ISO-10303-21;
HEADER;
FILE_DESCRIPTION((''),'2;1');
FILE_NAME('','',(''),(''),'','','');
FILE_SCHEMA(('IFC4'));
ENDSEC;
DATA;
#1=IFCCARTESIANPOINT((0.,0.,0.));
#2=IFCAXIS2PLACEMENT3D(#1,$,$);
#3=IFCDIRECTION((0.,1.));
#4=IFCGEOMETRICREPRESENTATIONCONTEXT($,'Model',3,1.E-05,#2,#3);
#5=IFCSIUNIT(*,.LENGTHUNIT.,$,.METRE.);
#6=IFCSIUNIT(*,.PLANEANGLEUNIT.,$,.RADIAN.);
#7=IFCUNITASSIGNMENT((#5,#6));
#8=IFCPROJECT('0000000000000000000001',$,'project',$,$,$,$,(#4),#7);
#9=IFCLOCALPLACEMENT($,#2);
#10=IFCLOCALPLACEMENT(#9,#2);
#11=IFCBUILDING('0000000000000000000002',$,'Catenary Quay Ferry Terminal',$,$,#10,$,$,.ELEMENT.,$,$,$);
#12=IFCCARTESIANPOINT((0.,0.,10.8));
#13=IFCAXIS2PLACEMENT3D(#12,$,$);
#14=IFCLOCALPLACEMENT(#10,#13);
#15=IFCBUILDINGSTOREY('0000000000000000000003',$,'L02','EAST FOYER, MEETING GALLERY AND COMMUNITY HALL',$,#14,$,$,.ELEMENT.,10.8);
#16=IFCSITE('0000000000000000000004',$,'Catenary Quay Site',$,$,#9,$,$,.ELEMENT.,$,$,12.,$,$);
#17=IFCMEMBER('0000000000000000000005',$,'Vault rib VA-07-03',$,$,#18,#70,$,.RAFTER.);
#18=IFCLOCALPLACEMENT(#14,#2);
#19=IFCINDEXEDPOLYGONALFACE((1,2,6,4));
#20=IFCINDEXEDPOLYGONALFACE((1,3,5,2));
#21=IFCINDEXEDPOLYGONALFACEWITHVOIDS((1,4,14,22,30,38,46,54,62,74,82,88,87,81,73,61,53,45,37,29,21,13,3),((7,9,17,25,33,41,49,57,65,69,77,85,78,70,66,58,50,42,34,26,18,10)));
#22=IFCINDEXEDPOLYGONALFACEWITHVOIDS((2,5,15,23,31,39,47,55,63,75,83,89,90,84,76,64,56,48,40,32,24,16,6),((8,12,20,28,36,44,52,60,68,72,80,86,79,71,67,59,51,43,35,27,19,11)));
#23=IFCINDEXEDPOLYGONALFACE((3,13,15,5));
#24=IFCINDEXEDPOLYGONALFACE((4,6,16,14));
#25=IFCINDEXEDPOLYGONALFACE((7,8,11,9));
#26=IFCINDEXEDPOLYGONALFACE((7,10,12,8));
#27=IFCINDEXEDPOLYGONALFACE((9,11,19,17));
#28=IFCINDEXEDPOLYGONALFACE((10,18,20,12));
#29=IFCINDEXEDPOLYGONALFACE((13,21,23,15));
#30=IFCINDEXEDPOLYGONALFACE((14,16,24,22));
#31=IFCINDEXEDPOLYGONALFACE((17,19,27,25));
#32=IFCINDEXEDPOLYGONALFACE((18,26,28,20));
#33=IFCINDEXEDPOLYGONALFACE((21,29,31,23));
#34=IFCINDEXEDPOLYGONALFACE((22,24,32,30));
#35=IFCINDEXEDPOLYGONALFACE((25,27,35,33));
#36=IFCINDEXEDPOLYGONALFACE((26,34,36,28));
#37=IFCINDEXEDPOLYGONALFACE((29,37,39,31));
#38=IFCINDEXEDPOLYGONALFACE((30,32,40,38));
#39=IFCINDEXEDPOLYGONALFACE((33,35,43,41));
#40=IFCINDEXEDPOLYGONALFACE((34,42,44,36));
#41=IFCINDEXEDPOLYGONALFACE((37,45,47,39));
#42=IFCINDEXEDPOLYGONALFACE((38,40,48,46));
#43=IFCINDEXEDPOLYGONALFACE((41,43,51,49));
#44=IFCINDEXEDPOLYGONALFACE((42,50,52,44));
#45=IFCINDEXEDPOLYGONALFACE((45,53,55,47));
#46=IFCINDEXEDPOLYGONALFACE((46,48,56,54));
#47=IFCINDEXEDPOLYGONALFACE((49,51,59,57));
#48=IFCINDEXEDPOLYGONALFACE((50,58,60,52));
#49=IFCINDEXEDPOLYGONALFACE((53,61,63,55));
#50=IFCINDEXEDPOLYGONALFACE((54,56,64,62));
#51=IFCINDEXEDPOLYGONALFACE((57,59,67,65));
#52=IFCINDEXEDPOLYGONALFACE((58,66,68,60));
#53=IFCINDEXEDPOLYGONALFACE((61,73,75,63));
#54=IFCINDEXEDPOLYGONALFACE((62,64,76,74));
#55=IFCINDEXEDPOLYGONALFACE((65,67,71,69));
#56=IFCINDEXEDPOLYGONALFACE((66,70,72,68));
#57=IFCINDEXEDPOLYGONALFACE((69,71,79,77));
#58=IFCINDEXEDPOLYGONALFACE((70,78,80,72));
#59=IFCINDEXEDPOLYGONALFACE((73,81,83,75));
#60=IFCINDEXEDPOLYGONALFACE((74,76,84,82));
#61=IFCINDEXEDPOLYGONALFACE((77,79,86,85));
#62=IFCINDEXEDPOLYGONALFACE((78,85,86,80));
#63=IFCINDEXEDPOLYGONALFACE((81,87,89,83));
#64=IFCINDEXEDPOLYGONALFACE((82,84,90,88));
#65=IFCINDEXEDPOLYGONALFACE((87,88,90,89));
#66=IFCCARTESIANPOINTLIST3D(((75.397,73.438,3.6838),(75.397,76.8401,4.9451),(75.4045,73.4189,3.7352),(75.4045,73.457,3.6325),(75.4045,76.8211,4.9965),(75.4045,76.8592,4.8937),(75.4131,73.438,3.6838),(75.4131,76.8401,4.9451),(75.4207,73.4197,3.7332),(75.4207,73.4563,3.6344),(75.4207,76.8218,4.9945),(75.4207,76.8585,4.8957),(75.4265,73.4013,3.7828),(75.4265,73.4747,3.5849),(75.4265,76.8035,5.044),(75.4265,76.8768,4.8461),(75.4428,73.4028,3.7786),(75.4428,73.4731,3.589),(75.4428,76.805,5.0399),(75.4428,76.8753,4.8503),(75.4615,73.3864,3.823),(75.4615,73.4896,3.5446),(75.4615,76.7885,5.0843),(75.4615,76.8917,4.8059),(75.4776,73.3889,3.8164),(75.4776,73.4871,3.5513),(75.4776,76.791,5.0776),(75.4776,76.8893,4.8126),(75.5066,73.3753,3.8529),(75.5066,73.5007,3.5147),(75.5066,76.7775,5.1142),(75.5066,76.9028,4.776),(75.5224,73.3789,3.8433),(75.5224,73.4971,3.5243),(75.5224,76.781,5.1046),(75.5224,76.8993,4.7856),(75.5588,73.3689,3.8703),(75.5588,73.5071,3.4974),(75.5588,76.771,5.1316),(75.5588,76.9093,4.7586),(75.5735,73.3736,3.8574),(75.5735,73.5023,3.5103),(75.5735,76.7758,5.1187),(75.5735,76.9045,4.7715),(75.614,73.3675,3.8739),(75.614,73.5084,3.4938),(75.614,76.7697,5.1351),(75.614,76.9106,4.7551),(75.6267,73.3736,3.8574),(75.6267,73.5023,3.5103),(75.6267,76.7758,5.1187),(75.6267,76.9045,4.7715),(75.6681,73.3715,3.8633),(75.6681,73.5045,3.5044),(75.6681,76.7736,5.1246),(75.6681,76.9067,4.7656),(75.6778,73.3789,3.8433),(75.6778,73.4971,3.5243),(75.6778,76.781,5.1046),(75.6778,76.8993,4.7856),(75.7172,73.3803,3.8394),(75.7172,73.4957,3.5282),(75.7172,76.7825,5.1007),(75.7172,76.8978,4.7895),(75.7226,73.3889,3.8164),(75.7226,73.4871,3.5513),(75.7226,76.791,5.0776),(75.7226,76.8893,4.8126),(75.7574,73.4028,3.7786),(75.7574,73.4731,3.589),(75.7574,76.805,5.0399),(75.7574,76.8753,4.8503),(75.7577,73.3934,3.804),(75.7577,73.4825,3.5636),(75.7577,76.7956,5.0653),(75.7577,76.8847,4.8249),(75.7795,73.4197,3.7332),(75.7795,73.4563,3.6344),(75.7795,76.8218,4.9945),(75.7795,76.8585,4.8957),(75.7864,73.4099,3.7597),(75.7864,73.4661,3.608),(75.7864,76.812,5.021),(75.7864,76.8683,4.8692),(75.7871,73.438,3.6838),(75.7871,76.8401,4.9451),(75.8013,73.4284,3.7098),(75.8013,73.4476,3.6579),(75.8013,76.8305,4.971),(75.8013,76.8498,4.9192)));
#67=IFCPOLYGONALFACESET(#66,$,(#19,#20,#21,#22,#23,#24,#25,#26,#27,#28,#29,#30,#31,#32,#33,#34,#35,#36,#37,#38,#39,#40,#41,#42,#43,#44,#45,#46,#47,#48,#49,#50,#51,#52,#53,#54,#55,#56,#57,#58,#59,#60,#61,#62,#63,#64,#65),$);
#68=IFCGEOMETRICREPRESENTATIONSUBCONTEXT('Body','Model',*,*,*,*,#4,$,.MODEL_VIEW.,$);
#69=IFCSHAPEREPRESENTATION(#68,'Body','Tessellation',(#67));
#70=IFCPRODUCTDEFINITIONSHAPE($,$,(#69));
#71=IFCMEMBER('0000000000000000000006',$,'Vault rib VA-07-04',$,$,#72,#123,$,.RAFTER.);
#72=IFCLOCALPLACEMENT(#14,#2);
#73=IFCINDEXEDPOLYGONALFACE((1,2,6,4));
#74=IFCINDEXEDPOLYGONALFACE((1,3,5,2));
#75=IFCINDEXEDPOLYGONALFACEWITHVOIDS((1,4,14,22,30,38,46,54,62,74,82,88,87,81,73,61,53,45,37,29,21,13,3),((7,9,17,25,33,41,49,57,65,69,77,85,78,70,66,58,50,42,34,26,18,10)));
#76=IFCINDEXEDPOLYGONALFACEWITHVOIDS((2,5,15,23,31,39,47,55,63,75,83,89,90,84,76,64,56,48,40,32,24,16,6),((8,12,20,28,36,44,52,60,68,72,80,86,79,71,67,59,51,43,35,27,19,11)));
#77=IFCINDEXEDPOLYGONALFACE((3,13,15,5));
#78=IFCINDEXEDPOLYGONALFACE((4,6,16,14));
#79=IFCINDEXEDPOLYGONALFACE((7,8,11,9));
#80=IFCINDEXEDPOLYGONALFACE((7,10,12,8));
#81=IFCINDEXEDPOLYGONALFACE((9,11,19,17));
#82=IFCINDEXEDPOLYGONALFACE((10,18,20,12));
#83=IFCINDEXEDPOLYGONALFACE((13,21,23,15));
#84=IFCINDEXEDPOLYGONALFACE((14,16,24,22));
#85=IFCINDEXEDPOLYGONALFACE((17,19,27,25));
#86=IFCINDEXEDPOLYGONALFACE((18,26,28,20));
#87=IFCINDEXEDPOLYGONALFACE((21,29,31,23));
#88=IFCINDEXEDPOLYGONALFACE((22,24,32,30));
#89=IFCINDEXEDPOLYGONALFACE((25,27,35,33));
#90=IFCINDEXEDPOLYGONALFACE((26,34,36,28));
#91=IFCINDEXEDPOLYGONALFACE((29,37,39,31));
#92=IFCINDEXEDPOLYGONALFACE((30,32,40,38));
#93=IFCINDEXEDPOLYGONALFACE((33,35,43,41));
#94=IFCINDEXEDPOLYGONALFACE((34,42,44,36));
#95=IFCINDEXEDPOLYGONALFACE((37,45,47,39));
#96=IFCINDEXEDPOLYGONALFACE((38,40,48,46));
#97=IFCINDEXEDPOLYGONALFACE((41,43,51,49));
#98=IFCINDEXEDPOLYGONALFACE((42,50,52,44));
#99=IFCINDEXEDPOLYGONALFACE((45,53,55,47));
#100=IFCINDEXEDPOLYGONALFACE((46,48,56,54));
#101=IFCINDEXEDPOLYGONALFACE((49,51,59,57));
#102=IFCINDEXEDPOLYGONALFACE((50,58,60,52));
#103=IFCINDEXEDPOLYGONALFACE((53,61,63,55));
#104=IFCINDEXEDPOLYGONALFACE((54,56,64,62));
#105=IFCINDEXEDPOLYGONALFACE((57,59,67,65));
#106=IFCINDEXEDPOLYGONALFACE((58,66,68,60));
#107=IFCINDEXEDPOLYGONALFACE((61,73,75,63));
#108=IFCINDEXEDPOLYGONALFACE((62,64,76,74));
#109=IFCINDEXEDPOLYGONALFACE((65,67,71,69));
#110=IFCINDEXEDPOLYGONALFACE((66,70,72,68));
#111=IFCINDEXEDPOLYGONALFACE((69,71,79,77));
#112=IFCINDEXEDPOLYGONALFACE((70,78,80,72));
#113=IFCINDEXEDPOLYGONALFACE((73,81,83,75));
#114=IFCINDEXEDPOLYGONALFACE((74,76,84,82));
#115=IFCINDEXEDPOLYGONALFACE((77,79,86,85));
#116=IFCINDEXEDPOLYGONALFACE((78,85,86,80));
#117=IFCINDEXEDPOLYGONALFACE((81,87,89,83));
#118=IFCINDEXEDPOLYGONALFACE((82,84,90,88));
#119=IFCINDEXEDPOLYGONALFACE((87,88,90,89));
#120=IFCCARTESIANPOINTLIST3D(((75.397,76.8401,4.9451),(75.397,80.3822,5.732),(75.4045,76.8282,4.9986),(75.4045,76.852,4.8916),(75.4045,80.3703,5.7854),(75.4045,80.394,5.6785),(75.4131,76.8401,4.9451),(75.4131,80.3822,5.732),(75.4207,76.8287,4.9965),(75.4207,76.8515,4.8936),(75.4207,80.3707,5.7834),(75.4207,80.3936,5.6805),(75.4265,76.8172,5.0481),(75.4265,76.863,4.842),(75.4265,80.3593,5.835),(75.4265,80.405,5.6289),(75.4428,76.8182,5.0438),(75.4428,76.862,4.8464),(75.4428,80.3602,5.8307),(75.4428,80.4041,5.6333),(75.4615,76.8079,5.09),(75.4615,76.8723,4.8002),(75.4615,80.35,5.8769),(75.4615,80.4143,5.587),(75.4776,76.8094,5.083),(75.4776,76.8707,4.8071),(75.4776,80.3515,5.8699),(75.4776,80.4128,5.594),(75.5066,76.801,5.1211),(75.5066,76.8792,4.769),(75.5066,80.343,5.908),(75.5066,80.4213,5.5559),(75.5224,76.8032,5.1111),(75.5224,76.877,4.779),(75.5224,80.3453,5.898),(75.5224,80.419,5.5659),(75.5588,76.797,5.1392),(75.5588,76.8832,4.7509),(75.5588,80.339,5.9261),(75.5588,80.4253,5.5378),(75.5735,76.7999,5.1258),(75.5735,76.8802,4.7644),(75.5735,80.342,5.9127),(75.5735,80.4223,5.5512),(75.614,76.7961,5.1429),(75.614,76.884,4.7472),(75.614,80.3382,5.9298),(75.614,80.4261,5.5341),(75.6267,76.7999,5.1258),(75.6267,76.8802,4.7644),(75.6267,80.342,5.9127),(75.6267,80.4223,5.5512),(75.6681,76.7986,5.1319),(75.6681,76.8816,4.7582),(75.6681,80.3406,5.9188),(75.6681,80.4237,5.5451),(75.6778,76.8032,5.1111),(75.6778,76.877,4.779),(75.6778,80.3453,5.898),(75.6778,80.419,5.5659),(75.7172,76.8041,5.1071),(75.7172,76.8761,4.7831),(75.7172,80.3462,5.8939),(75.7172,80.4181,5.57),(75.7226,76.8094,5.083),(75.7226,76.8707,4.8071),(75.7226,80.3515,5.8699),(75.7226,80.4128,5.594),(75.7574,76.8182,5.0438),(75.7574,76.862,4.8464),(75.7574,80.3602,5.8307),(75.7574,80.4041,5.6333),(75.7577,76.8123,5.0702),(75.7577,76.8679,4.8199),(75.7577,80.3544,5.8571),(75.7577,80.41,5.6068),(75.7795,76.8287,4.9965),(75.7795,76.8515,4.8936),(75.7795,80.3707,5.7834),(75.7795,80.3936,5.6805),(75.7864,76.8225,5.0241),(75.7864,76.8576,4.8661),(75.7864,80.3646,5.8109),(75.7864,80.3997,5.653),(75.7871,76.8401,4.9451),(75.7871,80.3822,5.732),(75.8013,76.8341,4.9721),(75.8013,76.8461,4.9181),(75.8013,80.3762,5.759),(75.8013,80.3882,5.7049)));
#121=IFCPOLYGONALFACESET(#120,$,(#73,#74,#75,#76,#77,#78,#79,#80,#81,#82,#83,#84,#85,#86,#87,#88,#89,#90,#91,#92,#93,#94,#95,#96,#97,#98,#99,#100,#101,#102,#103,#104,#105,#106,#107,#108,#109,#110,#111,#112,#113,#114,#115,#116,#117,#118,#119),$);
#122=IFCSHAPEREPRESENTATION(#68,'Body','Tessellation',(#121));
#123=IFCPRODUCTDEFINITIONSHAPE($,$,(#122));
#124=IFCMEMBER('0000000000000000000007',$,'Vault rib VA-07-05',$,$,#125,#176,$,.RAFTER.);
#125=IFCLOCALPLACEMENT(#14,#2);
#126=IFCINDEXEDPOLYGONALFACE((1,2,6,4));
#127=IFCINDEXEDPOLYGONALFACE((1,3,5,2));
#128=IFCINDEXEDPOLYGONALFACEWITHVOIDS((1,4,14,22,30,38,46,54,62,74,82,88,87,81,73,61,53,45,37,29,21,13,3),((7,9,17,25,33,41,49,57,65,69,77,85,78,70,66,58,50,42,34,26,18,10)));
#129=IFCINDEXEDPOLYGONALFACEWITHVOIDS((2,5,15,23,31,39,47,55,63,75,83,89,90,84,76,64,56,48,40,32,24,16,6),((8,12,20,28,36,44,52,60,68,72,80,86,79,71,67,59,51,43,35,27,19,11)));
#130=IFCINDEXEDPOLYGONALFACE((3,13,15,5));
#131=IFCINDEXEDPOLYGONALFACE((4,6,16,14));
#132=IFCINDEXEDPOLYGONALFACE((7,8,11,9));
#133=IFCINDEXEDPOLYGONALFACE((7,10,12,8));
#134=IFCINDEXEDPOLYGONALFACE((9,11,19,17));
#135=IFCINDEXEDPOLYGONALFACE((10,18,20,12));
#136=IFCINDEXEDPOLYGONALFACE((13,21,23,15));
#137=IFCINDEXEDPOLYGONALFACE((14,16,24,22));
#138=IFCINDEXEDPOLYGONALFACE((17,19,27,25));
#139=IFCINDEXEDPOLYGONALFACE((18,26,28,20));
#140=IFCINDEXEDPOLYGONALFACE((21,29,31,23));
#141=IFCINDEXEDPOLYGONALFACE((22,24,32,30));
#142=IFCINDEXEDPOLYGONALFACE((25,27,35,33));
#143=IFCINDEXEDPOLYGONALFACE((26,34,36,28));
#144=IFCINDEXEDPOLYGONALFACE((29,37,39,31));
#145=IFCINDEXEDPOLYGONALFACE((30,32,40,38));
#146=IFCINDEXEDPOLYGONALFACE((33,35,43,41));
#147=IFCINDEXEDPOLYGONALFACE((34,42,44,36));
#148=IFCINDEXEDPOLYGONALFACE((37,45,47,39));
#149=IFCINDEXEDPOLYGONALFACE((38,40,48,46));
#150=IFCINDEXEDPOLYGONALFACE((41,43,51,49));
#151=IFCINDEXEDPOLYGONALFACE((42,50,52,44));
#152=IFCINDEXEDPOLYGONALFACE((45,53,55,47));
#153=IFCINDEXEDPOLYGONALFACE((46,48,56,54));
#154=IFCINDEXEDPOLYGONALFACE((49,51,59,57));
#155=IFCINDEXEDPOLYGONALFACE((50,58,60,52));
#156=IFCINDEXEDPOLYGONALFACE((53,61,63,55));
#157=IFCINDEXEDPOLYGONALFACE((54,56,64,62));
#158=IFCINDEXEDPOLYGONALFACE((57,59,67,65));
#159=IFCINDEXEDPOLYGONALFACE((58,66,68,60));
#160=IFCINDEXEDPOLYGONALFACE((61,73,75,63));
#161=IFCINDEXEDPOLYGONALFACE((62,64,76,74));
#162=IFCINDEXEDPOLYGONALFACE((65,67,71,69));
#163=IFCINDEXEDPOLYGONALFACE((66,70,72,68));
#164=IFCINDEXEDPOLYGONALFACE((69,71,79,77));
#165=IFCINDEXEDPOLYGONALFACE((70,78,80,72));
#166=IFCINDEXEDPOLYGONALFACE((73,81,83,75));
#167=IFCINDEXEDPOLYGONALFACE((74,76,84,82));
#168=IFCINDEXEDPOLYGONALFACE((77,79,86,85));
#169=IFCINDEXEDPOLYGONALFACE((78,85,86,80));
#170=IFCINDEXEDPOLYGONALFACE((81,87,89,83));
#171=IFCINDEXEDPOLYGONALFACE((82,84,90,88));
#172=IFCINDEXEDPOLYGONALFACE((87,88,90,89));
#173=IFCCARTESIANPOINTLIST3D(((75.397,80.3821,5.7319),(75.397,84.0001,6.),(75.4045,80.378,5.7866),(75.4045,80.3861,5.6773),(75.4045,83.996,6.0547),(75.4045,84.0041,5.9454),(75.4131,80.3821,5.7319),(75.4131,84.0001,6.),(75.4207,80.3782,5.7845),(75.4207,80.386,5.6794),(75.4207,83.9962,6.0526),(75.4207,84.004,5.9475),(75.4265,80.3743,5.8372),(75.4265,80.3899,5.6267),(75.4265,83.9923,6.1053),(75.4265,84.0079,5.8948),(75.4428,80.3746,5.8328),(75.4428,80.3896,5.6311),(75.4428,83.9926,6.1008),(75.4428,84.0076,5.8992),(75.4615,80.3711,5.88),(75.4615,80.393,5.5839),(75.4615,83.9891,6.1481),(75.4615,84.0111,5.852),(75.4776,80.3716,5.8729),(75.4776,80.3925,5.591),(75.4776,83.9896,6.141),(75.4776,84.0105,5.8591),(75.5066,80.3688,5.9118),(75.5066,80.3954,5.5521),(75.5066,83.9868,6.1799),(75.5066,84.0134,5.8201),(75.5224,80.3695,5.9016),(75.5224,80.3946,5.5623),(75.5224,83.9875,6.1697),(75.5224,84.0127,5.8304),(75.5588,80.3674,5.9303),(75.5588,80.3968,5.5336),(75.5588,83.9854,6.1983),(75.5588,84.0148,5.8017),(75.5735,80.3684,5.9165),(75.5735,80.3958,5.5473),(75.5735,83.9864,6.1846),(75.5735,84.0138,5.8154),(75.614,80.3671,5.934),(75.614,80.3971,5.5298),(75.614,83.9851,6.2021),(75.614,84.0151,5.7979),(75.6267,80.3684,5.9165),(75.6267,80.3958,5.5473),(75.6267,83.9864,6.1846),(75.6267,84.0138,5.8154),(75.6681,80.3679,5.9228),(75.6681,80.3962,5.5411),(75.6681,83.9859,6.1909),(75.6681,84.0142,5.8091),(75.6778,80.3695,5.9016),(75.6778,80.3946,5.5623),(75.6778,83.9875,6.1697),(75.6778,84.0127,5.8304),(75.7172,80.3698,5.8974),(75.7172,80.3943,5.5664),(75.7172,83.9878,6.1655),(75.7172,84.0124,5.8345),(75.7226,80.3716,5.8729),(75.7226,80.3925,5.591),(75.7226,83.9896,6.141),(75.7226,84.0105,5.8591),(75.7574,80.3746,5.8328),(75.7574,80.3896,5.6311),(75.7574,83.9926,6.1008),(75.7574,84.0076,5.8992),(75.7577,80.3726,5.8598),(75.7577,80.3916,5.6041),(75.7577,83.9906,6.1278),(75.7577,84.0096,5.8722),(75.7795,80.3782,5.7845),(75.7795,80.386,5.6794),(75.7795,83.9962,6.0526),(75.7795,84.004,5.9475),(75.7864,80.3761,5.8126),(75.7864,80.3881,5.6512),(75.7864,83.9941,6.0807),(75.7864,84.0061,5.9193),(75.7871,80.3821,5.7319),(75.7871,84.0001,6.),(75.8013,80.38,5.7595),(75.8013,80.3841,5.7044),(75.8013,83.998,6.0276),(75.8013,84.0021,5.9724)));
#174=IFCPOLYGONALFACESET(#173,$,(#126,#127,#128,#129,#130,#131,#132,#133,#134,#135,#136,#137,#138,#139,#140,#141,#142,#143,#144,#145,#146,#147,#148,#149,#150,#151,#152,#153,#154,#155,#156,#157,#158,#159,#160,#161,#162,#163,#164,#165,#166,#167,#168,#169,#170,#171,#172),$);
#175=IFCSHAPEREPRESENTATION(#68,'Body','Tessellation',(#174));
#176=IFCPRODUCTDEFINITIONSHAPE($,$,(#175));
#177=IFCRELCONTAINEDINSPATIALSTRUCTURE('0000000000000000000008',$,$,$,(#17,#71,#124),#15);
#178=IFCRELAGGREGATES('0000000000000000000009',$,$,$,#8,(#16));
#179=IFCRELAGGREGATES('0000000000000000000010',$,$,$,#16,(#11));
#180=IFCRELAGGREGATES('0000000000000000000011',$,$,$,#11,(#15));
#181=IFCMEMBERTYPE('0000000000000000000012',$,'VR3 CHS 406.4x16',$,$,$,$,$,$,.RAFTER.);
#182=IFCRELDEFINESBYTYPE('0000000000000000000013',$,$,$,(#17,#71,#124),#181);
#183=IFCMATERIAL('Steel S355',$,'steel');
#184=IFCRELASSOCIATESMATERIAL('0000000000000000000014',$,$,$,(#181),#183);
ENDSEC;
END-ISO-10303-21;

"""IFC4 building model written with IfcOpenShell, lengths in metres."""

from ifc_helpers import new_model, si_unit, direction, frame, origin, origin_2d, place, context, subcontext, project, spatial, hollow_circle, extrude, material, material_profile, profile_set, type_object, element, save


model = new_model("IFC4")

# Units and contexts
model_context = context("Model", 3, precision=1e-05, world=origin(), true_north=direction((0.0, 1.0)))
body_context = subcontext(model_context, "Body", "Model", "MODEL_VIEW")
ifc_project = project(units=[si_unit("LENGTHUNIT", "METRE"), si_unit("PLANEANGLEUNIT", "RADIAN")], contexts=[model_context])

# Site, building, storey
site_placement = place(None, origin())
site = spatial("IfcSite", under=ifc_project, at=site_placement, Name="Catenary Quay Site", CompositionType="ELEMENT", RefElevation=12.0)
building_placement = place(site_placement, origin())
building = spatial("IfcBuilding", under=site, at=building_placement, Name="Catenary Quay Ferry Terminal", CompositionType="ELEMENT")
storey_placement = place(building_placement, frame((0.0, 0.0, 10.8)))
storey = spatial("IfcBuildingStorey", under=building, at=storey_placement, Name="L02", Description="EAST FOYER, MEETING GALLERY AND COMMUNITY HALL", CompositionType="ELEMENT", Elevation=10.8)

# Members
ifc_material_1 = material(Name="Steel S355", Category="steel")
ifc_material_profile_1 = material_profile(ifc_material_1, hollow_circle(Radius=0.2031, WallThickness=0.0161, at=origin_2d()), Name="CHS 406.4x16")
ifc_profile_set_1 = profile_set([ifc_material_profile_1], Name="Steel S355")
member_type_1 = type_object("IfcMemberType", Name="VR3 CHS 406.4x16", PredefinedType="RAFTER", material=ifc_profile_set_1)
for number, where, z_axis, x_axis, name in (
    (1, (75.6001, 73.438, 3.6838), (0.0, 0.937642, 0.347604), (-1.0, 0.0, 0.0), "Vault rib VA-07-03"),
    (2, (75.6001, 76.8401, 4.9451), (0.0, 0.976201, 0.216866), (-1.0, 0.0, 0.0), "Vault rib VA-07-04"),
):
    element("IfcMember", number, at=place(storey_placement, frame(where, z_axis=z_axis, x_axis=x_axis)), inside=storey, type_object=member_type_1, Name=name, PredefinedType="RAFTER", context=body_context, shape_type="SweptSolid", body=[
        extrude(hollow_circle(Radius=0.2031, WallThickness=0.0161, at=origin_2d()), origin(), (0.0, 0.0, 1.0), 3.6284),
    ])
for number, where, z_axis, x_axis, name in (
    (3, (75.6001, 80.3821, 5.7319), (0.0, 0.997266, 0.073892), (-1.0, 0.0, 0.0), "Vault rib VA-07-05"),
):
    element("IfcMember", number, at=place(storey_placement, frame(where, z_axis=z_axis, x_axis=x_axis)), inside=storey, type_object=member_type_1, Name=name, PredefinedType="RAFTER", context=body_context, shape_type="SweptSolid", body=[
        extrude(hollow_circle(Radius=0.2031, WallThickness=0.0161, at=origin_2d()), origin(), (0.0, 0.0, 1.0), 3.6279),
    ])

save(model, "model.ifc")
